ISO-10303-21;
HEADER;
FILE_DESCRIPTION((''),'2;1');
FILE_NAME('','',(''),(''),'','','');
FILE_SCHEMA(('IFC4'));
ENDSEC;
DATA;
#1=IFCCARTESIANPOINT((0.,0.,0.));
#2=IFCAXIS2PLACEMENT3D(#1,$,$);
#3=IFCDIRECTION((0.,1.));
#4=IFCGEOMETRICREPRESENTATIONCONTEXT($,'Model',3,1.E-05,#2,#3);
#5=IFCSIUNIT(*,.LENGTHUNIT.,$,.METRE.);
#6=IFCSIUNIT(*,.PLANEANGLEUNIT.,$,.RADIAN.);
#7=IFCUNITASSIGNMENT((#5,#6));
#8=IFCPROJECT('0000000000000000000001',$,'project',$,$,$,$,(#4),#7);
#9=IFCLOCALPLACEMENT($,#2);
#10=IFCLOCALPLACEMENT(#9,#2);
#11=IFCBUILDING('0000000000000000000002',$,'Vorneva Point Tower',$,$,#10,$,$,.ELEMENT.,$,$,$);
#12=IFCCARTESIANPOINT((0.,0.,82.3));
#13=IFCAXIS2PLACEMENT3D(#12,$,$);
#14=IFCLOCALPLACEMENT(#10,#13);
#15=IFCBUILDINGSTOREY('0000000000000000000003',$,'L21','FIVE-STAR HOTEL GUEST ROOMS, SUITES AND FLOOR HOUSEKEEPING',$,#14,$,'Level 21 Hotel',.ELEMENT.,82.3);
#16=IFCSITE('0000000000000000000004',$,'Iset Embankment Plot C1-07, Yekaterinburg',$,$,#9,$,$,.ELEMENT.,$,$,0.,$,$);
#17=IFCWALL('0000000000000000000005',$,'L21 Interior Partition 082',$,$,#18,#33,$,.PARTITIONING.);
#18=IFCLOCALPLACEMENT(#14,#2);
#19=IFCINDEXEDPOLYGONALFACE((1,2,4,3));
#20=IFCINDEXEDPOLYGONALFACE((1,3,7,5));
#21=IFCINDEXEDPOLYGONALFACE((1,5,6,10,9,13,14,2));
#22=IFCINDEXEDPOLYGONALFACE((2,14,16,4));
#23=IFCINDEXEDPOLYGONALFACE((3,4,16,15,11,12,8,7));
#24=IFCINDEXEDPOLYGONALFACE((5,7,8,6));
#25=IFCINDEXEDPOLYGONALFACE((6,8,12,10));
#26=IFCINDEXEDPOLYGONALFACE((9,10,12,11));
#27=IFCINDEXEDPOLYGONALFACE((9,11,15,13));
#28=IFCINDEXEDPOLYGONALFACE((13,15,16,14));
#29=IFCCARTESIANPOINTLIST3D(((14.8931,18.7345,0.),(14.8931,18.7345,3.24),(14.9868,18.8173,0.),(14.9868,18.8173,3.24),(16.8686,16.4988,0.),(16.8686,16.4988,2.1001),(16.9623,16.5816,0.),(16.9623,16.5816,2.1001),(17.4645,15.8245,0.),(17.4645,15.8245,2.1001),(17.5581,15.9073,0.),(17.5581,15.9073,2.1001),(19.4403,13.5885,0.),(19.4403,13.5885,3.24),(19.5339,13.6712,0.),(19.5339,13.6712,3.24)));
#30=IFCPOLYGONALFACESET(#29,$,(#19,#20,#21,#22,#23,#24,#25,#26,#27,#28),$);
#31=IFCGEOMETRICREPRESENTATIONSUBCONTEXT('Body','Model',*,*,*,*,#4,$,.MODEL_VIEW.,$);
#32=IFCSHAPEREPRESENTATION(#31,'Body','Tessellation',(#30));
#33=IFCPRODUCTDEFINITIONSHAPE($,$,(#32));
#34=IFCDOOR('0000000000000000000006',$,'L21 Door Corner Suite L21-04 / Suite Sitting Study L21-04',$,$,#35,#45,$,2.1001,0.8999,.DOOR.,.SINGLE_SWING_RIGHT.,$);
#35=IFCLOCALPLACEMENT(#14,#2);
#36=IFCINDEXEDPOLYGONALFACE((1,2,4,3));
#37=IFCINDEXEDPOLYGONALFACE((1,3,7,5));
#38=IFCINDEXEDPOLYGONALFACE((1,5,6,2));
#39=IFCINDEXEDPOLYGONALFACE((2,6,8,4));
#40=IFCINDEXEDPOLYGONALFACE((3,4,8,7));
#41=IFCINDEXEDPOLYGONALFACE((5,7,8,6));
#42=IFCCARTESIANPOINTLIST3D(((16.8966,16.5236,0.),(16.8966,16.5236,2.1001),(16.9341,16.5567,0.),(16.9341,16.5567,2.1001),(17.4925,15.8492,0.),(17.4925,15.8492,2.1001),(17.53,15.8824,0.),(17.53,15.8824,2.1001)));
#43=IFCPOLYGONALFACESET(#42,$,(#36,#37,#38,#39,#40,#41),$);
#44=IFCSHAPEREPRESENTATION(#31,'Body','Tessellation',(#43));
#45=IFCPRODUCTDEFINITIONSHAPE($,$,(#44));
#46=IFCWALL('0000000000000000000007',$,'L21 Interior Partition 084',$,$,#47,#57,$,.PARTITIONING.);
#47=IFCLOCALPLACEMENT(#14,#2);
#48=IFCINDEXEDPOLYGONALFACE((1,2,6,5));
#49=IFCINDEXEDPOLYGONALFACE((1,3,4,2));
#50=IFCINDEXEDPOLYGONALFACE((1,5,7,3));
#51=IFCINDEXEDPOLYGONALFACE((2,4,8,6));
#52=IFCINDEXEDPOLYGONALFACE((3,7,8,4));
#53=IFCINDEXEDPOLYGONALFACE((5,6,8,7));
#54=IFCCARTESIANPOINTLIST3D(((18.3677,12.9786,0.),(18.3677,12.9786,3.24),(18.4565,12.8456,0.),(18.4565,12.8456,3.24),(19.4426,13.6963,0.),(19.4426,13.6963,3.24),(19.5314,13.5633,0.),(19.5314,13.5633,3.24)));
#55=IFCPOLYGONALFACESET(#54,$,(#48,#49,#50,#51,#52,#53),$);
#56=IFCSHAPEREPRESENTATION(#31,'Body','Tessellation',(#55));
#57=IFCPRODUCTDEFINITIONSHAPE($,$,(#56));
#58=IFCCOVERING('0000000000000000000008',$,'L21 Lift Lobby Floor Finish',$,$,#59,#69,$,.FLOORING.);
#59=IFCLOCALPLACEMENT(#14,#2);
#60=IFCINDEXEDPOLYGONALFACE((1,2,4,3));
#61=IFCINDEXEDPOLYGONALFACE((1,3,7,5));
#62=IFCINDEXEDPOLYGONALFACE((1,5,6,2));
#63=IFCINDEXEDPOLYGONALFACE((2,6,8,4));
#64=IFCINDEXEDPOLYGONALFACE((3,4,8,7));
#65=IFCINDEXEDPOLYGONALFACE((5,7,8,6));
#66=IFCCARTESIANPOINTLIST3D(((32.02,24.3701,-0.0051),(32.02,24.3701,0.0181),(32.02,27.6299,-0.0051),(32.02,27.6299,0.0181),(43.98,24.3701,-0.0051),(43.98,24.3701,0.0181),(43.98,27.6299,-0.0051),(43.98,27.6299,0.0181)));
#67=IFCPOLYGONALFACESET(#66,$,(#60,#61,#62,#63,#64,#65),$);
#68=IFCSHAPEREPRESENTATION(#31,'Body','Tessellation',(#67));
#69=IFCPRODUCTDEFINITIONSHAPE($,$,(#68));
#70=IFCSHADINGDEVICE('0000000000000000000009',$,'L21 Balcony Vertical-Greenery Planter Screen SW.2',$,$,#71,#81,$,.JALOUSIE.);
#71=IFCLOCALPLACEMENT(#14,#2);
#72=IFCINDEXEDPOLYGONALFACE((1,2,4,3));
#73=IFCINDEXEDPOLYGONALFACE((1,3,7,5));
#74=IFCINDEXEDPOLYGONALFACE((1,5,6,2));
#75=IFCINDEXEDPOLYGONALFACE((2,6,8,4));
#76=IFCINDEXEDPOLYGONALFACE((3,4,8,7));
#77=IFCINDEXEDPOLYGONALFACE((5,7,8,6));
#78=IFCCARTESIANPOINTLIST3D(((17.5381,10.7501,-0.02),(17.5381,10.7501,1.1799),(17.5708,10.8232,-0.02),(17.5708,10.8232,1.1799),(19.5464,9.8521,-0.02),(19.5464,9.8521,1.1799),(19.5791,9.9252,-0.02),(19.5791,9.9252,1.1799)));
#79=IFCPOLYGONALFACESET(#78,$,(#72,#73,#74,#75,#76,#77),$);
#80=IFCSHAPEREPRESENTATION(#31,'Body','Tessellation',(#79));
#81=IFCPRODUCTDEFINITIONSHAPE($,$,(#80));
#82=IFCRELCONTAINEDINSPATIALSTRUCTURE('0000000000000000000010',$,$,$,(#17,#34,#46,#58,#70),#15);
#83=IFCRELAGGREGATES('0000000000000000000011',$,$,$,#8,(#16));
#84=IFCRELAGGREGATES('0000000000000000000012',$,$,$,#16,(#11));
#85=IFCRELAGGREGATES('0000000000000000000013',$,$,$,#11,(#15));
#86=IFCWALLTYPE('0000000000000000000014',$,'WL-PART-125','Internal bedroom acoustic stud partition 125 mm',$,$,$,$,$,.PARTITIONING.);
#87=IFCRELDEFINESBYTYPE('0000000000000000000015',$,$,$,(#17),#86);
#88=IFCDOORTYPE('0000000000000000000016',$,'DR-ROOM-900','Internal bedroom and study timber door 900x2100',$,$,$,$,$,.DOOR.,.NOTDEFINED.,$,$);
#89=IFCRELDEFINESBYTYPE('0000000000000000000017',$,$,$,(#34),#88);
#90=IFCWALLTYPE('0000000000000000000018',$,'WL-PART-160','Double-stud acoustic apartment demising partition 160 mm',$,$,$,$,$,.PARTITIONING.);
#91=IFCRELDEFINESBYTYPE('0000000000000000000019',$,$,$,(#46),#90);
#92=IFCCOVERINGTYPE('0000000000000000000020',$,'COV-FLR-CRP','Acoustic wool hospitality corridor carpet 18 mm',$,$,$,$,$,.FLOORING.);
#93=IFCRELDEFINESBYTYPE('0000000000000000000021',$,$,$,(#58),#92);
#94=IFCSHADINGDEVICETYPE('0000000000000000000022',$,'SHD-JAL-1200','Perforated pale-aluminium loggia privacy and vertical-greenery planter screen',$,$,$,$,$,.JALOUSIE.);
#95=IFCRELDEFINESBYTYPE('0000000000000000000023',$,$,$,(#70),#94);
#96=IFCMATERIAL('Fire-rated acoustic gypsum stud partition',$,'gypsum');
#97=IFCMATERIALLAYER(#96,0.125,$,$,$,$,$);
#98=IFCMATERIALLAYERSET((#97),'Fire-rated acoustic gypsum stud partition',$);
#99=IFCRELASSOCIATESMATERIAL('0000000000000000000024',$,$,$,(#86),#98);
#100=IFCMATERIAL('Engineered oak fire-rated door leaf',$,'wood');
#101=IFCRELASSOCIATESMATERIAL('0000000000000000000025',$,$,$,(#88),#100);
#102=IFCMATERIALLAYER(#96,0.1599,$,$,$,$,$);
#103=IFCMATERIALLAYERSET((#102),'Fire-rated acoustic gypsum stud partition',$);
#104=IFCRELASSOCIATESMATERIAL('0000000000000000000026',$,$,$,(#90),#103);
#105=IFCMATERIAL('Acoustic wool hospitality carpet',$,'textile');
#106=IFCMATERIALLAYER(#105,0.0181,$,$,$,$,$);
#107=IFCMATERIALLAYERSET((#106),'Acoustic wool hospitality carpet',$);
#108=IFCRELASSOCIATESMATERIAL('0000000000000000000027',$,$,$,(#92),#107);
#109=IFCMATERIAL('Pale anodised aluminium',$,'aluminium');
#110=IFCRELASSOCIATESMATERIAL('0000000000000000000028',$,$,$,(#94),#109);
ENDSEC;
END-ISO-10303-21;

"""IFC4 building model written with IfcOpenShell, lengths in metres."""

from ifc_helpers import new_model, si_unit, direction, frame, frame_2d, origin, origin_2d, place, context, subcontext, project, spatial, polyline, rectangle, outline, extrude, material, layer, layer_set, type_object, element, fill, save


model = new_model("IFC4")

# Units and contexts
model_context = context("Model", 3, precision=1e-05, world=origin(), true_north=direction((0.0, 1.0)))
body_context = subcontext(model_context, "Body", "Model", "MODEL_VIEW")
ifc_project = project(units=[si_unit("LENGTHUNIT", "METRE"), si_unit("PLANEANGLEUNIT", "RADIAN")], contexts=[model_context])

# Site, building, storey
site_placement = place(None, origin())
site = spatial("IfcSite", under=ifc_project, at=site_placement, Name="Iset Embankment Plot C1-07, Yekaterinburg", CompositionType="ELEMENT", RefElevation=0.0)
building_placement = place(site_placement, origin())
building = spatial("IfcBuilding", under=site, at=building_placement, Name="Vorneva Point Tower", CompositionType="ELEMENT")
storey_placement = place(building_placement, frame((0.0, 0.0, 82.3)))
storey = spatial("IfcBuildingStorey", under=building, at=storey_placement, Name="L21", Description="FIVE-STAR HOTEL GUEST ROOMS, SUITES AND FLOOR HOUSEKEEPING", LongName="Level 21 Hotel", CompositionType="ELEMENT", Elevation=82.3)

# Shared definitions
ifc_material_1 = material(Name="Pale anodised aluminium", Category="aluminium")

# Shared definitions
ifc_material_2 = material(Name="Fire-rated acoustic gypsum stud partition", Category="gypsum")
ifc_layer_1 = layer(ifc_material_2, 0.125)
ifc_layer_set_1 = layer_set([ifc_layer_1], Name="Fire-rated acoustic gypsum stud partition")
wall_type_1 = type_object("IfcWallType", Name="WL-PART-125", Description="Internal bedroom acoustic stud partition 125 mm", PredefinedType="PARTITIONING", material=ifc_layer_set_1)

# Wall, opening, door
wall_1_placement = place(storey_placement, frame((14.9399, 18.7759, 0.0), z_axis=(0.0, 0.0, 1.0), x_axis=(0.662156, -0.749366, 0.0)))
wall_1 = element("IfcWall", 1, at=wall_1_placement, inside=storey, type_object=wall_type_1, Name="L21 Interior Partition 082", PredefinedType="PARTITIONING", context=body_context, shape_type="SweptSolid", body=[
    extrude(rectangle(XDim=6.8672, YDim=0.125, at=frame_2d((3.4336, 0.0))), origin(), (0.0, 0.0, 1.0), 3.24),
])
opening_placement = place(wall_1_placement, frame((2.9834, 0.0, 0.0)))
opening = element("IfcOpeningElement", 2, at=opening_placement, cuts=wall_1, PredefinedType="OPENING", context=body_context, shape_type="SweptSolid", body=[
    extrude(rectangle(XDim=0.8999, YDim=2.1001, at=frame_2d((0.45, 1.05))), frame((0.0, 0.0774, 0.0), z_axis=(0.0, -1.0, 0.0), x_axis=(1.0, 0.0, 0.0)), (0.0, 0.0, 1.0), 0.1548),
])
ifc_material_3 = material(Name="Engineered oak fire-rated door leaf", Category="wood")
door_type = type_object("IfcDoorType", Name="DR-ROOM-900", Description="Internal bedroom and study timber door 900x2100", OperationType="NOTDEFINED", PredefinedType="DOOR", material=ifc_material_3)
door_placement = place(opening_placement, origin())
door = element("IfcDoor", 3, at=door_placement, inside=storey, type_object=door_type, Name="L21 Door Corner Suite L21-04 / Suite Sitting Study L21-04", OperationType="SINGLE_SWING_RIGHT", OverallHeight=2.1001, OverallWidth=0.8999, PredefinedType="DOOR", context=body_context, shape_type="SweptSolid", body=[
    extrude(rectangle(XDim=0.8999, YDim=2.1001, at=frame_2d((0.45, 1.05))), frame((0.0, 0.0249, 0.0), z_axis=(0.0, -1.0, 0.0), x_axis=(1.0, 0.0, 0.0)), (0.0, 0.0, 1.0), 0.05),
])
fill(opening, door)

# Wall
ifc_layer_2 = layer(ifc_material_2, 0.1599)
ifc_layer_set_2 = layer_set([ifc_layer_2], Name="Fire-rated acoustic gypsum stud partition")
wall_type_2 = type_object("IfcWallType", Name="WL-PART-160", Description="Double-stud acoustic apartment demising partition 160 mm", PredefinedType="PARTITIONING", material=ifc_layer_set_2)
wall_2_placement = place(storey_placement, frame((18.4121, 12.9121, 0.0), z_axis=(0.0, 0.0, 1.0), x_axis=(0.831643, 0.55531, 0.0)))
element("IfcWall", 4, at=wall_2_placement, inside=storey, type_object=wall_type_2, Name="L21 Interior Partition 084", PredefinedType="PARTITIONING", context=body_context, shape_type="SweptSolid", body=[
    extrude(rectangle(XDim=1.2925, YDim=0.1599, at=frame_2d((0.6462, 0.0))), origin(), (0.0, 0.0, 1.0), 3.24),
])

# Covering
ifc_material_4 = material(Name="Acoustic wool hospitality carpet", Category="textile")
ifc_layer_3 = layer(ifc_material_4, 0.0181)
ifc_layer_set_3 = layer_set([ifc_layer_3], Name="Acoustic wool hospitality carpet")
covering_type = type_object("IfcCoveringType", Name="COV-FLR-CRP", Description="Acoustic wool hospitality corridor carpet 18 mm", PredefinedType="FLOORING", material=ifc_layer_set_3)
covering_placement = place(storey_placement, frame((0.0, 0.0, -0.0051)))
element("IfcCovering", 5, at=covering_placement, inside=storey, type_object=covering_type, Name="L21 Lift Lobby Floor Finish", PredefinedType="FLOORING", context=body_context, shape_type="SweptSolid", body=[
    extrude(outline(polyline([(32.02, 24.3701), (43.98, 24.3701), (43.98, 27.6299), (32.02, 27.6299), (32.02, 24.3701)])), origin(), (0.0, 0.0, 1.0), 0.0232),
])

# Shading device
shading_device_type = type_object("IfcShadingDeviceType", Name="SHD-JAL-1200", Description="Perforated pale-aluminium loggia privacy and vertical-greenery planter screen", PredefinedType="JALOUSIE", material=ifc_material_1)
shading_device_placement = place(storey_placement, frame((18.5586, 10.3376, -0.02), z_axis=(0.0, 0.0, 1.0), x_axis=(0.912898, -0.408187, 0.0)))
element("IfcShadingDevice", 6, at=shading_device_placement, inside=storey, type_object=shading_device_type, Name="L21 Balcony Vertical-Greenery Planter Screen SW.2", PredefinedType="JALOUSIE", context=body_context, shape_type="SweptSolid", body=[
    extrude(rectangle(XDim=2.2, YDim=0.0801, at=origin_2d()), origin(), (0.0, 0.0, 1.0), 1.2),
])

save(model, "model.ifc")
